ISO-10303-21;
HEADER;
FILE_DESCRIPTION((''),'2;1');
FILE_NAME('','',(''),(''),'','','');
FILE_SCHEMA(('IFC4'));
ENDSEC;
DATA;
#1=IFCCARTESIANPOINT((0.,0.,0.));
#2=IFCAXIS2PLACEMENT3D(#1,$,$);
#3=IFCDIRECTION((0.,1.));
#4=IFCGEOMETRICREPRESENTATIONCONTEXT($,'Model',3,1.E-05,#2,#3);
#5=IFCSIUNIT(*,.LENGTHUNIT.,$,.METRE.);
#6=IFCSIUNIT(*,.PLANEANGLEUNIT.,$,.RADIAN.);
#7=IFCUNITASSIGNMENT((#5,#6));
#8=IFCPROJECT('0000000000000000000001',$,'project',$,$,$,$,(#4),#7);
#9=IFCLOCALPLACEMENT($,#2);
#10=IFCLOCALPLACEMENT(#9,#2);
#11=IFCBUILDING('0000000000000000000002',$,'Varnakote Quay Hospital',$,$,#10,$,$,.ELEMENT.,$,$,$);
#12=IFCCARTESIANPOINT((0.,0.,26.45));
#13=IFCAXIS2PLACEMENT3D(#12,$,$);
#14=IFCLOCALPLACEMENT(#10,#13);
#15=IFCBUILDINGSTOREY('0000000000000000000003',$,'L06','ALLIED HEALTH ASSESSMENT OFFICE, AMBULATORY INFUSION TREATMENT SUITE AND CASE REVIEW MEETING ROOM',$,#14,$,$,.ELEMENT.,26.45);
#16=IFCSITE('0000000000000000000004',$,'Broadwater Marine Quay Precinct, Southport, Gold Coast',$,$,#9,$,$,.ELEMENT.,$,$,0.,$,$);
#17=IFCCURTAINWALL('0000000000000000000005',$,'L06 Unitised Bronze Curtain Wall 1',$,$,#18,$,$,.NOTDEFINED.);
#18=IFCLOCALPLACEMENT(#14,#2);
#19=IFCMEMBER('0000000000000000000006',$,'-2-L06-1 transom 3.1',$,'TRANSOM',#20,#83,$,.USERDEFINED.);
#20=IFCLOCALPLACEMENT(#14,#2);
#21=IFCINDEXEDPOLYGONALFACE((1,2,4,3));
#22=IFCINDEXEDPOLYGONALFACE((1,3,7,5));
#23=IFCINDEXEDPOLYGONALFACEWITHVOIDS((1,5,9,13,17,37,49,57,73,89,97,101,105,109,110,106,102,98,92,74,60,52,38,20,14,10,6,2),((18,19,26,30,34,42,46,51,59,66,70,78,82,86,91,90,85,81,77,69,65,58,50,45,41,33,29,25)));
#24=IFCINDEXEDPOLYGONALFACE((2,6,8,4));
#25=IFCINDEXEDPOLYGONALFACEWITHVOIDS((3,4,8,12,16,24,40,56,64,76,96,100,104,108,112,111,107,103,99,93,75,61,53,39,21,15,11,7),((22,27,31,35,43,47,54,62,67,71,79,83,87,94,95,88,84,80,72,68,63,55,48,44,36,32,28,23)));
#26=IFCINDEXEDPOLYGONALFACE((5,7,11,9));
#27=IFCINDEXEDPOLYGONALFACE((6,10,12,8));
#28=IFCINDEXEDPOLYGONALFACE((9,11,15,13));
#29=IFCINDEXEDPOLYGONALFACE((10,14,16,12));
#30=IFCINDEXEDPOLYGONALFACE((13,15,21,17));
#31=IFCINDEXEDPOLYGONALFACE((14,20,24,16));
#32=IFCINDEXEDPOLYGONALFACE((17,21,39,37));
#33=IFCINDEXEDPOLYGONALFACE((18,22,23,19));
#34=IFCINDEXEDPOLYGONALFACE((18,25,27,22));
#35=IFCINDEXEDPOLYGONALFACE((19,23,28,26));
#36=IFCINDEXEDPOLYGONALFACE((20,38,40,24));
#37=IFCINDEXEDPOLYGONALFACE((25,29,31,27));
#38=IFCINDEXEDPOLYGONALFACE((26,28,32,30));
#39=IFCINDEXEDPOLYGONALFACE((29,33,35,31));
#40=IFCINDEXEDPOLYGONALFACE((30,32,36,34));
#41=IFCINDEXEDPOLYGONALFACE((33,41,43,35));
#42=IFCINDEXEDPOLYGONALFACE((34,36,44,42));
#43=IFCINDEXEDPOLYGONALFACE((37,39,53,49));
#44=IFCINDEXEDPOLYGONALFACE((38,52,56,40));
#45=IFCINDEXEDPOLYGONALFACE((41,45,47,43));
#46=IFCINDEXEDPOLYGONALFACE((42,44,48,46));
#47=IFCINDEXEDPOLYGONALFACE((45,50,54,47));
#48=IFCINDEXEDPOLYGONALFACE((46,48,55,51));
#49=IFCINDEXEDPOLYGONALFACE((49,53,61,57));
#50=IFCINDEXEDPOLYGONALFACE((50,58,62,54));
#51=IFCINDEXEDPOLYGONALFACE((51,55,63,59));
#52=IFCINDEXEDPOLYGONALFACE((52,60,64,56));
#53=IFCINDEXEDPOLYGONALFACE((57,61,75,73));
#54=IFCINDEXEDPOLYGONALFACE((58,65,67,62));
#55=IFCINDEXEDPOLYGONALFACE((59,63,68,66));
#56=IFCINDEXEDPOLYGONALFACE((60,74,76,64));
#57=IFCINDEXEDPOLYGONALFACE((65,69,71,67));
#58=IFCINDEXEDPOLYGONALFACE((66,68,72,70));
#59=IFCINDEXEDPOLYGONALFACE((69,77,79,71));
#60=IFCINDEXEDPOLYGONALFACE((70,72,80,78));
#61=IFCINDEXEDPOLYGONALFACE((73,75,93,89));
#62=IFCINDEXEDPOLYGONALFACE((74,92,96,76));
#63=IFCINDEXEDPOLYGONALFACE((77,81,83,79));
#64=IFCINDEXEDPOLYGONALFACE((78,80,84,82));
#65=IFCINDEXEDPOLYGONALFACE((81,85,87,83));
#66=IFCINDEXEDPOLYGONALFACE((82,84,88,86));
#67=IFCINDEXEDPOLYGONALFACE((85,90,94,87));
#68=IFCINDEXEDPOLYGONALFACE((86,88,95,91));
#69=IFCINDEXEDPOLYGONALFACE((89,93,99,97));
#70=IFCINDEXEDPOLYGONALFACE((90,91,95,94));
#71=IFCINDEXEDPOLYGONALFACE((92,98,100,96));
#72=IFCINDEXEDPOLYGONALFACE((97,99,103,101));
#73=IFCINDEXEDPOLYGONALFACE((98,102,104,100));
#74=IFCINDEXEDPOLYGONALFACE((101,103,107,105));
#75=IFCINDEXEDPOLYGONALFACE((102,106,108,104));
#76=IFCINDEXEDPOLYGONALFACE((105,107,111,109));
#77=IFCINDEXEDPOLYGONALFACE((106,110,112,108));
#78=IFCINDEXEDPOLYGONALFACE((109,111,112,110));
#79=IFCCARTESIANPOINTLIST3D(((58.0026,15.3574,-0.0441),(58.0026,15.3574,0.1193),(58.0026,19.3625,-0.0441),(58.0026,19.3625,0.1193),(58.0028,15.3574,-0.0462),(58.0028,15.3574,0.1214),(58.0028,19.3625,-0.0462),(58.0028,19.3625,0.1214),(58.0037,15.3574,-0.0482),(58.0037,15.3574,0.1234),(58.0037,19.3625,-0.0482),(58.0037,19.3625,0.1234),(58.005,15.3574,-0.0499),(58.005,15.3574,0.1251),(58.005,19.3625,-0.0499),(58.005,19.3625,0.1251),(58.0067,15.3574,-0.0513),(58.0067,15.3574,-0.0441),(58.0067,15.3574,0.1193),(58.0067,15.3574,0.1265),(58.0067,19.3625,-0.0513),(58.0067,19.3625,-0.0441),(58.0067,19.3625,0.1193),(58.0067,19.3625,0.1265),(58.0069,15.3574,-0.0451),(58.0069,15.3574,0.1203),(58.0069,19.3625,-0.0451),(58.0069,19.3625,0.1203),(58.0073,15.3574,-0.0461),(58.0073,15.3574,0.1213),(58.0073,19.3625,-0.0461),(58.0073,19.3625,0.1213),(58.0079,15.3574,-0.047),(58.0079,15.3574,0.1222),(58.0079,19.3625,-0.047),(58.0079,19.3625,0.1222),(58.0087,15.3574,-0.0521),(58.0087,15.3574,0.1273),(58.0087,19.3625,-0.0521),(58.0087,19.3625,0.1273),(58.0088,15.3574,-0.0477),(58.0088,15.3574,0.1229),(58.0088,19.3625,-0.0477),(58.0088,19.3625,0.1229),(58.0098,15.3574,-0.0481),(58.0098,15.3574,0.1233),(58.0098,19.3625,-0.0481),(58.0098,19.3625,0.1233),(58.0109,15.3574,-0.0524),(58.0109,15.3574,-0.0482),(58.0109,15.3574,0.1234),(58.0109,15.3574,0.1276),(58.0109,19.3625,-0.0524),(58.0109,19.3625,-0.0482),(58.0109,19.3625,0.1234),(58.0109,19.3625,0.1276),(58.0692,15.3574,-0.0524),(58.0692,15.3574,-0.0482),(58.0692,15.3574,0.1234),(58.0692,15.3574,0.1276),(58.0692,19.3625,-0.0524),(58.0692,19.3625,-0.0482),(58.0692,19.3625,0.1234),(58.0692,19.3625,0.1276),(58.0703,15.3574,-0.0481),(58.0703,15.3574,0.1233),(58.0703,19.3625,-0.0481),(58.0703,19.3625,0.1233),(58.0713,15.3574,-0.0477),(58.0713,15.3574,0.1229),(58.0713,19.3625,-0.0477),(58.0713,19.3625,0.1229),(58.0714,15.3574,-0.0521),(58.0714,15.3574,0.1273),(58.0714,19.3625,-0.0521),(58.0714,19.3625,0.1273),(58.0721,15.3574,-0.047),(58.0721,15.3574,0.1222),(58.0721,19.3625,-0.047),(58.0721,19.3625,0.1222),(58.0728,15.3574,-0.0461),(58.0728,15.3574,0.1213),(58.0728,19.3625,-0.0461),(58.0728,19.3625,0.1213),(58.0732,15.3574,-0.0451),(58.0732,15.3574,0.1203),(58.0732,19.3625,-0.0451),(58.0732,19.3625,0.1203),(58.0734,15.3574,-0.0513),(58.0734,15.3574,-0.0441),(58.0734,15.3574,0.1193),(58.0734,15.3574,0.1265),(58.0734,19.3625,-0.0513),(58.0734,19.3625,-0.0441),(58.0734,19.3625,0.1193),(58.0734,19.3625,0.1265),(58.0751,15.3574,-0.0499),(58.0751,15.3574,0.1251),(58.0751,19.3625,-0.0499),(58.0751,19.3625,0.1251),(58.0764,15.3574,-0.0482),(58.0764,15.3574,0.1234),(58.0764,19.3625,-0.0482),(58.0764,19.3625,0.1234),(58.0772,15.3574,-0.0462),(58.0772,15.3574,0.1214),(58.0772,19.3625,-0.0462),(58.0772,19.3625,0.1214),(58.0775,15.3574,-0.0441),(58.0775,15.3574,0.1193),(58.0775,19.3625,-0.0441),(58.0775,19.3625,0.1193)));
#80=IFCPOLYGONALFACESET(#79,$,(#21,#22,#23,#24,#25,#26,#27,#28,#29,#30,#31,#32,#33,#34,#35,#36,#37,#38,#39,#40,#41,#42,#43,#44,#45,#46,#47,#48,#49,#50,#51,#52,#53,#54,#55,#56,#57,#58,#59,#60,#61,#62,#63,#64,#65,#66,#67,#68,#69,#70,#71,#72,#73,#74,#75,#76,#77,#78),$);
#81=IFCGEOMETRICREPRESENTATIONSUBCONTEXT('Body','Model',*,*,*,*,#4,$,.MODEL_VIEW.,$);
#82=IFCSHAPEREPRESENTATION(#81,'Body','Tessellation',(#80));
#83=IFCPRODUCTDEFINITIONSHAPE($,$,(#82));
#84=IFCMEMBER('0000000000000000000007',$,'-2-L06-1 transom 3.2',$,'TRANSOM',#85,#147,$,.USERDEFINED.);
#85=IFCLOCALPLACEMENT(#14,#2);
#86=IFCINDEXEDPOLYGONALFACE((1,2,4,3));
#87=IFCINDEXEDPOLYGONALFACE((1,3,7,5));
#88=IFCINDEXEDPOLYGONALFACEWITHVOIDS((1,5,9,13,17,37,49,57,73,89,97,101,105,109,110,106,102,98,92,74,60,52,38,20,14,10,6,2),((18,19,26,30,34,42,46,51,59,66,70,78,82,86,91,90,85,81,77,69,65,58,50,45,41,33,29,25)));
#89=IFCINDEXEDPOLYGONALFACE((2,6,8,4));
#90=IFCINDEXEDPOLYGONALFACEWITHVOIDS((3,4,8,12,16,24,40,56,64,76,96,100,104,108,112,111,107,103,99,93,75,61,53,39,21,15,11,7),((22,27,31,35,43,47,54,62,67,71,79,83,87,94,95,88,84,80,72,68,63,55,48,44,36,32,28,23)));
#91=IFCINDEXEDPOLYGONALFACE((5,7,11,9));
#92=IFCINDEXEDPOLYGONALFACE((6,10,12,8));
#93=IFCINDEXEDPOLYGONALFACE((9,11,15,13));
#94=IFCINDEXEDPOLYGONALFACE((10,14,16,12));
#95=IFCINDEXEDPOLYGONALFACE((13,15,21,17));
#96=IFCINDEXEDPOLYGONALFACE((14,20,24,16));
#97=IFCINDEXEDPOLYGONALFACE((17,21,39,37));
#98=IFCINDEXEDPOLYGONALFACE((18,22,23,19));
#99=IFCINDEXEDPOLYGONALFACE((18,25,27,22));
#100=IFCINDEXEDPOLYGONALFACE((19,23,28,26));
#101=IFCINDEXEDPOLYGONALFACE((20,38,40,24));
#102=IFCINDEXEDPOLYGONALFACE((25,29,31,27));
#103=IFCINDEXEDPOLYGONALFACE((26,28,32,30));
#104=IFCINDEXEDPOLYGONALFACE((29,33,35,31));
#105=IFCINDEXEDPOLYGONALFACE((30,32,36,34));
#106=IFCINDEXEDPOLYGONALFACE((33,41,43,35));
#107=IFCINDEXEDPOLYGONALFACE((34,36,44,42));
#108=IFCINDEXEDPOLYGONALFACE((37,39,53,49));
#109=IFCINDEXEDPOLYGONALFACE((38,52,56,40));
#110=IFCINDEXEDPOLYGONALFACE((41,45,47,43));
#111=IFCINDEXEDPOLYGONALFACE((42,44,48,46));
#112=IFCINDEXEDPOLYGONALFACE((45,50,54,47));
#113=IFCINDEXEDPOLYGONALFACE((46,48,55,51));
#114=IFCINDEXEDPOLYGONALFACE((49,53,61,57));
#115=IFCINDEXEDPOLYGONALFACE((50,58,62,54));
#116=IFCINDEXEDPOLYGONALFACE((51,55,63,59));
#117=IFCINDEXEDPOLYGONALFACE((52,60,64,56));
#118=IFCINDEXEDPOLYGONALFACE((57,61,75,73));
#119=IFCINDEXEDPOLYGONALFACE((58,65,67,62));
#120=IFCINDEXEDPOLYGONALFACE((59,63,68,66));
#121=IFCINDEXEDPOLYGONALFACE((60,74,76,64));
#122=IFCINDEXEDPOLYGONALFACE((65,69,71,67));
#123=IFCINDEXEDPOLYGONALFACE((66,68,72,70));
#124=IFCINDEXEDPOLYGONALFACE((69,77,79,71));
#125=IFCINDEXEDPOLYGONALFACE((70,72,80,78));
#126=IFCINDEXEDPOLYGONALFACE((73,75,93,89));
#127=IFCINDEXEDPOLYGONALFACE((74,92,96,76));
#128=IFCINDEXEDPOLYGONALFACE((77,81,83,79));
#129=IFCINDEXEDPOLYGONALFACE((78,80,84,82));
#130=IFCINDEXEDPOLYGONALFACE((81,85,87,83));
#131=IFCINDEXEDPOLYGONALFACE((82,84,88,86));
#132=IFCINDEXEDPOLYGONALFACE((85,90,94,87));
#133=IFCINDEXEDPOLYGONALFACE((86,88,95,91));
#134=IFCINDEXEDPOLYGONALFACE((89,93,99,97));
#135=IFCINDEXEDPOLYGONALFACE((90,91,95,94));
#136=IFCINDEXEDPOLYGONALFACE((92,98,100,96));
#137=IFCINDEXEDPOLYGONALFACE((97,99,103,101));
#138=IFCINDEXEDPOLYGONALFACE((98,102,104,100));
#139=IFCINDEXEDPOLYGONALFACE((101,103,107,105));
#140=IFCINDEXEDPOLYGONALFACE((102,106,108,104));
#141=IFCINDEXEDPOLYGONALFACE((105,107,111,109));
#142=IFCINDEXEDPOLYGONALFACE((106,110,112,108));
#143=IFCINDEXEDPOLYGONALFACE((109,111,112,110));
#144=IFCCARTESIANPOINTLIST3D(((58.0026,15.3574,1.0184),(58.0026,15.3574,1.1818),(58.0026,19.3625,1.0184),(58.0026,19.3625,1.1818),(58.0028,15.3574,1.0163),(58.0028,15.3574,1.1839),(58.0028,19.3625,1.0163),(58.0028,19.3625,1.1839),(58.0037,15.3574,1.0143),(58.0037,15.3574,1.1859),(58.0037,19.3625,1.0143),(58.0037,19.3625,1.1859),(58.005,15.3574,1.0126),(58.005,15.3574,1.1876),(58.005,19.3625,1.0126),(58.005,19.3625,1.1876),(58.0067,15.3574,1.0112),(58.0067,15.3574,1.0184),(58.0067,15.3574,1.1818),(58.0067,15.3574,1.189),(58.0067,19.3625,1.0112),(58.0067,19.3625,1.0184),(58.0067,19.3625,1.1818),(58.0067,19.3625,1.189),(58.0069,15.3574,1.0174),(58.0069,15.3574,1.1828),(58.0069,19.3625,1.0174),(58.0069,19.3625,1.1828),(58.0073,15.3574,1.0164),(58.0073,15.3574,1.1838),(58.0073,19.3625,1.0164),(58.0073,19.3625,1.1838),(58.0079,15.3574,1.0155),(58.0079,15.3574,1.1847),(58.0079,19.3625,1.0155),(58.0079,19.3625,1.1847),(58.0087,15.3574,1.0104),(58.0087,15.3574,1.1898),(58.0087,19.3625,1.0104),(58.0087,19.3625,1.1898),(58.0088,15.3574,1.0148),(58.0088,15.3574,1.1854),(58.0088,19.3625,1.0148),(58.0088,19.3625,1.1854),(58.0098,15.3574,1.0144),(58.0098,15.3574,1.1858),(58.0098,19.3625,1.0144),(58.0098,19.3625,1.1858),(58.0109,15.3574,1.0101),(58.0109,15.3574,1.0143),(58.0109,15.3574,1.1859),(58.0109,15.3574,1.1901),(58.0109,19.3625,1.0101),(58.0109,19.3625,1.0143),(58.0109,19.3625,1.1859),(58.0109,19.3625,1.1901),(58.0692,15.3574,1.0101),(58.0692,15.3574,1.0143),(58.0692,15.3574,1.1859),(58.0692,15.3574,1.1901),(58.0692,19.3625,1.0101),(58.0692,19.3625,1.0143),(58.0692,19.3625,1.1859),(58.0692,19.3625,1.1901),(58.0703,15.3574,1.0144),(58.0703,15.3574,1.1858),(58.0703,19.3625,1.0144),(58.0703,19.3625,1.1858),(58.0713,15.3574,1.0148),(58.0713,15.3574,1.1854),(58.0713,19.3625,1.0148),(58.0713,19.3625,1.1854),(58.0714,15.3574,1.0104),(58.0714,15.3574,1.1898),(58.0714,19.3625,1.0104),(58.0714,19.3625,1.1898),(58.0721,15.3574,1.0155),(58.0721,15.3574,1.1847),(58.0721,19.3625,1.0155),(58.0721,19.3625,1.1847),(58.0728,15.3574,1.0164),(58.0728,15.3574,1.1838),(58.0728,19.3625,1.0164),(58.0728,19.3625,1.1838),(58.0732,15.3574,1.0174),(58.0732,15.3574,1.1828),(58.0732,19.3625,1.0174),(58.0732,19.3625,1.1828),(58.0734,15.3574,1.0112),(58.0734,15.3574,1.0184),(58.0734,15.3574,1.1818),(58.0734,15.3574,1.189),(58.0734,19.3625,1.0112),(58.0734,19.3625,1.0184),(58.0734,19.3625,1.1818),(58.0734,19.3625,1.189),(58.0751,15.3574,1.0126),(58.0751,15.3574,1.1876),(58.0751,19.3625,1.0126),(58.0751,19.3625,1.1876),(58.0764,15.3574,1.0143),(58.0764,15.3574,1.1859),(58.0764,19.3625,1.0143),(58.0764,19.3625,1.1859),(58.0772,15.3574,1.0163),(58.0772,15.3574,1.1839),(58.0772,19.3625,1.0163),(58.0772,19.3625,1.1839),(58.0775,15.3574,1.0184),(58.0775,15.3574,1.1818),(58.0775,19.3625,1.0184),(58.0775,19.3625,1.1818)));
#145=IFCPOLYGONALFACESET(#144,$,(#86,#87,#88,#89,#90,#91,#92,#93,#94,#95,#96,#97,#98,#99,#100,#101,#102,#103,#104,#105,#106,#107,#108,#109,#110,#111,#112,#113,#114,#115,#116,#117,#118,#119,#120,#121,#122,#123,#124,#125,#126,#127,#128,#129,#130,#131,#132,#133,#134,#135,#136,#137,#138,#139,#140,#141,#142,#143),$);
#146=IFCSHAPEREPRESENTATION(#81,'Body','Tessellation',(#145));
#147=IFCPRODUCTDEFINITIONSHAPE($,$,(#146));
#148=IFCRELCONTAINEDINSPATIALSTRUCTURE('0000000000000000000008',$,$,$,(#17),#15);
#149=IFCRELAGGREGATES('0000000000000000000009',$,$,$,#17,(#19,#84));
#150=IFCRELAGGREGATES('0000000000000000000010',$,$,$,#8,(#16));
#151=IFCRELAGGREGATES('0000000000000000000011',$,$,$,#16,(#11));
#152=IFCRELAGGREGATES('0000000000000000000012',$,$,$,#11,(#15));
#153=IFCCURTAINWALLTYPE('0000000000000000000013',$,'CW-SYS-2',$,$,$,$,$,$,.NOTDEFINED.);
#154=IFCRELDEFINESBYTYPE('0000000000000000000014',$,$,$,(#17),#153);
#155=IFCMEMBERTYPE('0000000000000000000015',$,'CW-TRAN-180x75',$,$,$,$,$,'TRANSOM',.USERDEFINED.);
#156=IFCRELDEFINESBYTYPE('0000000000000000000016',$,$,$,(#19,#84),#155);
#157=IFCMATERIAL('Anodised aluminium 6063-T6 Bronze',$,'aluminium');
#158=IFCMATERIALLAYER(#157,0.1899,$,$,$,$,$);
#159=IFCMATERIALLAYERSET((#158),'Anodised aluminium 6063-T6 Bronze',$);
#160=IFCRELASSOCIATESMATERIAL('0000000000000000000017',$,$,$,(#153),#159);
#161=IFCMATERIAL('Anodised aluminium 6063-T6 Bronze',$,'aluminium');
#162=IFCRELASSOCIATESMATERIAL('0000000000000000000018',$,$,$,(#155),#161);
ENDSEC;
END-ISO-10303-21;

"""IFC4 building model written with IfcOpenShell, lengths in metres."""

from ifc_helpers import new_model, si_unit, direction, frame, origin, origin_2d, place, context, subcontext, project, spatial, hollow_rectangle, extrude, material, layer, layer_set, material_profile, profile_set, type_object, element, aggregate, save


model = new_model("IFC4")

# Units and contexts
model_context = context("Model", 3, precision=1e-05, world=origin(), true_north=direction((0.0, 1.0)))
body_context = subcontext(model_context, "Body", "Model", "MODEL_VIEW")
ifc_project = project(units=[si_unit("LENGTHUNIT", "METRE"), si_unit("PLANEANGLEUNIT", "RADIAN")], contexts=[model_context])

# Site, building, storey
site_placement = place(None, origin())
site = spatial("IfcSite", under=ifc_project, at=site_placement, Name="Broadwater Marine Quay Precinct, Southport, Gold Coast", CompositionType="ELEMENT", RefElevation=0.0)
building_placement = place(site_placement, origin())
building = spatial("IfcBuilding", under=site, at=building_placement, Name="Varnakote Quay Hospital", CompositionType="ELEMENT")
storey_placement = place(building_placement, frame((0.0, 0.0, 26.45)))
storey = spatial("IfcBuildingStorey", under=building, at=storey_placement, Name="L06", Description="ALLIED HEALTH ASSESSMENT OFFICE, AMBULATORY INFUSION TREATMENT SUITE AND CASE REVIEW MEETING ROOM", CompositionType="ELEMENT", Elevation=26.45)

# Curtain wall, members
ifc_material_1 = material(Name="Anodised aluminium 6063-T6 Bronze", Category="aluminium")
ifc_layer_1 = layer(ifc_material_1, 0.1899)
ifc_layer_set_1 = layer_set([ifc_layer_1], Name="Anodised aluminium 6063-T6 Bronze")
curtain_wall_type = type_object("IfcCurtainWallType", Name="CW-SYS-2", PredefinedType="NOTDEFINED", material=ifc_layer_set_1)
curtain_wall_placement = place(storey_placement, origin())
curtain_wall = element("IfcCurtainWall", 1, at=curtain_wall_placement, inside=storey, type_object=curtain_wall_type, Name="L06 Unitised Bronze Curtain Wall 1", PredefinedType="NOTDEFINED")
ifc_material_2 = material(Name="Anodised aluminium 6063-T6 Bronze", Category="aluminium")
ifc_material_profile_1 = material_profile(ifc_material_2, hollow_rectangle(XDim=0.075, YDim=0.1799, WallThickness=0.0042, InnerFilletRadius=0.0042, OuterFilletRadius=0.0083, at=origin_2d()), Name="CW-TRAN-180x75")
ifc_profile_set_1 = profile_set([ifc_material_profile_1], Name="Anodised aluminium 6063-T6 Bronze")
member_type_1 = type_object("IfcMemberType", Name="CW-TRAN-180x75", ElementType="TRANSOM", PredefinedType="USERDEFINED", material=ifc_profile_set_1)
member_1_placement = place(storey_placement, frame((58.04, 15.3574, 0.0376), z_axis=(0.0, 1.0, 0.0), x_axis=(-1.0, 0.0, 0.0)))
member_1 = element("IfcMember", 2, at=member_1_placement, type_object=member_type_1, Name="-2-L06-1 transom 3.1", ObjectType="TRANSOM", PredefinedType="USERDEFINED", context=body_context, shape_type="SweptSolid", body=[
    extrude(hollow_rectangle(XDim=0.075, YDim=0.1799, WallThickness=0.0042, InnerFilletRadius=0.0042, OuterFilletRadius=0.0083, at=origin_2d()), origin(), (0.0, 0.0, 1.0), 4.0051),
])
member_2_placement = place(storey_placement, frame((58.04, 15.3574, 1.1001), z_axis=(0.0, 1.0, 0.0), x_axis=(-1.0, 0.0, 0.0)))
member_2 = element("IfcMember", 3, at=member_2_placement, type_object=member_type_1, Name="-2-L06-1 transom 3.2", ObjectType="TRANSOM", PredefinedType="USERDEFINED", context=body_context, shape_type="SweptSolid", body=[
    extrude(hollow_rectangle(XDim=0.075, YDim=0.1799, WallThickness=0.0042, InnerFilletRadius=0.0042, OuterFilletRadius=0.0083, at=origin_2d()), origin(), (0.0, 0.0, 1.0), 4.0051),
])
aggregate(curtain_wall, [member_1, member_2])

save(model, "model.ifc")
